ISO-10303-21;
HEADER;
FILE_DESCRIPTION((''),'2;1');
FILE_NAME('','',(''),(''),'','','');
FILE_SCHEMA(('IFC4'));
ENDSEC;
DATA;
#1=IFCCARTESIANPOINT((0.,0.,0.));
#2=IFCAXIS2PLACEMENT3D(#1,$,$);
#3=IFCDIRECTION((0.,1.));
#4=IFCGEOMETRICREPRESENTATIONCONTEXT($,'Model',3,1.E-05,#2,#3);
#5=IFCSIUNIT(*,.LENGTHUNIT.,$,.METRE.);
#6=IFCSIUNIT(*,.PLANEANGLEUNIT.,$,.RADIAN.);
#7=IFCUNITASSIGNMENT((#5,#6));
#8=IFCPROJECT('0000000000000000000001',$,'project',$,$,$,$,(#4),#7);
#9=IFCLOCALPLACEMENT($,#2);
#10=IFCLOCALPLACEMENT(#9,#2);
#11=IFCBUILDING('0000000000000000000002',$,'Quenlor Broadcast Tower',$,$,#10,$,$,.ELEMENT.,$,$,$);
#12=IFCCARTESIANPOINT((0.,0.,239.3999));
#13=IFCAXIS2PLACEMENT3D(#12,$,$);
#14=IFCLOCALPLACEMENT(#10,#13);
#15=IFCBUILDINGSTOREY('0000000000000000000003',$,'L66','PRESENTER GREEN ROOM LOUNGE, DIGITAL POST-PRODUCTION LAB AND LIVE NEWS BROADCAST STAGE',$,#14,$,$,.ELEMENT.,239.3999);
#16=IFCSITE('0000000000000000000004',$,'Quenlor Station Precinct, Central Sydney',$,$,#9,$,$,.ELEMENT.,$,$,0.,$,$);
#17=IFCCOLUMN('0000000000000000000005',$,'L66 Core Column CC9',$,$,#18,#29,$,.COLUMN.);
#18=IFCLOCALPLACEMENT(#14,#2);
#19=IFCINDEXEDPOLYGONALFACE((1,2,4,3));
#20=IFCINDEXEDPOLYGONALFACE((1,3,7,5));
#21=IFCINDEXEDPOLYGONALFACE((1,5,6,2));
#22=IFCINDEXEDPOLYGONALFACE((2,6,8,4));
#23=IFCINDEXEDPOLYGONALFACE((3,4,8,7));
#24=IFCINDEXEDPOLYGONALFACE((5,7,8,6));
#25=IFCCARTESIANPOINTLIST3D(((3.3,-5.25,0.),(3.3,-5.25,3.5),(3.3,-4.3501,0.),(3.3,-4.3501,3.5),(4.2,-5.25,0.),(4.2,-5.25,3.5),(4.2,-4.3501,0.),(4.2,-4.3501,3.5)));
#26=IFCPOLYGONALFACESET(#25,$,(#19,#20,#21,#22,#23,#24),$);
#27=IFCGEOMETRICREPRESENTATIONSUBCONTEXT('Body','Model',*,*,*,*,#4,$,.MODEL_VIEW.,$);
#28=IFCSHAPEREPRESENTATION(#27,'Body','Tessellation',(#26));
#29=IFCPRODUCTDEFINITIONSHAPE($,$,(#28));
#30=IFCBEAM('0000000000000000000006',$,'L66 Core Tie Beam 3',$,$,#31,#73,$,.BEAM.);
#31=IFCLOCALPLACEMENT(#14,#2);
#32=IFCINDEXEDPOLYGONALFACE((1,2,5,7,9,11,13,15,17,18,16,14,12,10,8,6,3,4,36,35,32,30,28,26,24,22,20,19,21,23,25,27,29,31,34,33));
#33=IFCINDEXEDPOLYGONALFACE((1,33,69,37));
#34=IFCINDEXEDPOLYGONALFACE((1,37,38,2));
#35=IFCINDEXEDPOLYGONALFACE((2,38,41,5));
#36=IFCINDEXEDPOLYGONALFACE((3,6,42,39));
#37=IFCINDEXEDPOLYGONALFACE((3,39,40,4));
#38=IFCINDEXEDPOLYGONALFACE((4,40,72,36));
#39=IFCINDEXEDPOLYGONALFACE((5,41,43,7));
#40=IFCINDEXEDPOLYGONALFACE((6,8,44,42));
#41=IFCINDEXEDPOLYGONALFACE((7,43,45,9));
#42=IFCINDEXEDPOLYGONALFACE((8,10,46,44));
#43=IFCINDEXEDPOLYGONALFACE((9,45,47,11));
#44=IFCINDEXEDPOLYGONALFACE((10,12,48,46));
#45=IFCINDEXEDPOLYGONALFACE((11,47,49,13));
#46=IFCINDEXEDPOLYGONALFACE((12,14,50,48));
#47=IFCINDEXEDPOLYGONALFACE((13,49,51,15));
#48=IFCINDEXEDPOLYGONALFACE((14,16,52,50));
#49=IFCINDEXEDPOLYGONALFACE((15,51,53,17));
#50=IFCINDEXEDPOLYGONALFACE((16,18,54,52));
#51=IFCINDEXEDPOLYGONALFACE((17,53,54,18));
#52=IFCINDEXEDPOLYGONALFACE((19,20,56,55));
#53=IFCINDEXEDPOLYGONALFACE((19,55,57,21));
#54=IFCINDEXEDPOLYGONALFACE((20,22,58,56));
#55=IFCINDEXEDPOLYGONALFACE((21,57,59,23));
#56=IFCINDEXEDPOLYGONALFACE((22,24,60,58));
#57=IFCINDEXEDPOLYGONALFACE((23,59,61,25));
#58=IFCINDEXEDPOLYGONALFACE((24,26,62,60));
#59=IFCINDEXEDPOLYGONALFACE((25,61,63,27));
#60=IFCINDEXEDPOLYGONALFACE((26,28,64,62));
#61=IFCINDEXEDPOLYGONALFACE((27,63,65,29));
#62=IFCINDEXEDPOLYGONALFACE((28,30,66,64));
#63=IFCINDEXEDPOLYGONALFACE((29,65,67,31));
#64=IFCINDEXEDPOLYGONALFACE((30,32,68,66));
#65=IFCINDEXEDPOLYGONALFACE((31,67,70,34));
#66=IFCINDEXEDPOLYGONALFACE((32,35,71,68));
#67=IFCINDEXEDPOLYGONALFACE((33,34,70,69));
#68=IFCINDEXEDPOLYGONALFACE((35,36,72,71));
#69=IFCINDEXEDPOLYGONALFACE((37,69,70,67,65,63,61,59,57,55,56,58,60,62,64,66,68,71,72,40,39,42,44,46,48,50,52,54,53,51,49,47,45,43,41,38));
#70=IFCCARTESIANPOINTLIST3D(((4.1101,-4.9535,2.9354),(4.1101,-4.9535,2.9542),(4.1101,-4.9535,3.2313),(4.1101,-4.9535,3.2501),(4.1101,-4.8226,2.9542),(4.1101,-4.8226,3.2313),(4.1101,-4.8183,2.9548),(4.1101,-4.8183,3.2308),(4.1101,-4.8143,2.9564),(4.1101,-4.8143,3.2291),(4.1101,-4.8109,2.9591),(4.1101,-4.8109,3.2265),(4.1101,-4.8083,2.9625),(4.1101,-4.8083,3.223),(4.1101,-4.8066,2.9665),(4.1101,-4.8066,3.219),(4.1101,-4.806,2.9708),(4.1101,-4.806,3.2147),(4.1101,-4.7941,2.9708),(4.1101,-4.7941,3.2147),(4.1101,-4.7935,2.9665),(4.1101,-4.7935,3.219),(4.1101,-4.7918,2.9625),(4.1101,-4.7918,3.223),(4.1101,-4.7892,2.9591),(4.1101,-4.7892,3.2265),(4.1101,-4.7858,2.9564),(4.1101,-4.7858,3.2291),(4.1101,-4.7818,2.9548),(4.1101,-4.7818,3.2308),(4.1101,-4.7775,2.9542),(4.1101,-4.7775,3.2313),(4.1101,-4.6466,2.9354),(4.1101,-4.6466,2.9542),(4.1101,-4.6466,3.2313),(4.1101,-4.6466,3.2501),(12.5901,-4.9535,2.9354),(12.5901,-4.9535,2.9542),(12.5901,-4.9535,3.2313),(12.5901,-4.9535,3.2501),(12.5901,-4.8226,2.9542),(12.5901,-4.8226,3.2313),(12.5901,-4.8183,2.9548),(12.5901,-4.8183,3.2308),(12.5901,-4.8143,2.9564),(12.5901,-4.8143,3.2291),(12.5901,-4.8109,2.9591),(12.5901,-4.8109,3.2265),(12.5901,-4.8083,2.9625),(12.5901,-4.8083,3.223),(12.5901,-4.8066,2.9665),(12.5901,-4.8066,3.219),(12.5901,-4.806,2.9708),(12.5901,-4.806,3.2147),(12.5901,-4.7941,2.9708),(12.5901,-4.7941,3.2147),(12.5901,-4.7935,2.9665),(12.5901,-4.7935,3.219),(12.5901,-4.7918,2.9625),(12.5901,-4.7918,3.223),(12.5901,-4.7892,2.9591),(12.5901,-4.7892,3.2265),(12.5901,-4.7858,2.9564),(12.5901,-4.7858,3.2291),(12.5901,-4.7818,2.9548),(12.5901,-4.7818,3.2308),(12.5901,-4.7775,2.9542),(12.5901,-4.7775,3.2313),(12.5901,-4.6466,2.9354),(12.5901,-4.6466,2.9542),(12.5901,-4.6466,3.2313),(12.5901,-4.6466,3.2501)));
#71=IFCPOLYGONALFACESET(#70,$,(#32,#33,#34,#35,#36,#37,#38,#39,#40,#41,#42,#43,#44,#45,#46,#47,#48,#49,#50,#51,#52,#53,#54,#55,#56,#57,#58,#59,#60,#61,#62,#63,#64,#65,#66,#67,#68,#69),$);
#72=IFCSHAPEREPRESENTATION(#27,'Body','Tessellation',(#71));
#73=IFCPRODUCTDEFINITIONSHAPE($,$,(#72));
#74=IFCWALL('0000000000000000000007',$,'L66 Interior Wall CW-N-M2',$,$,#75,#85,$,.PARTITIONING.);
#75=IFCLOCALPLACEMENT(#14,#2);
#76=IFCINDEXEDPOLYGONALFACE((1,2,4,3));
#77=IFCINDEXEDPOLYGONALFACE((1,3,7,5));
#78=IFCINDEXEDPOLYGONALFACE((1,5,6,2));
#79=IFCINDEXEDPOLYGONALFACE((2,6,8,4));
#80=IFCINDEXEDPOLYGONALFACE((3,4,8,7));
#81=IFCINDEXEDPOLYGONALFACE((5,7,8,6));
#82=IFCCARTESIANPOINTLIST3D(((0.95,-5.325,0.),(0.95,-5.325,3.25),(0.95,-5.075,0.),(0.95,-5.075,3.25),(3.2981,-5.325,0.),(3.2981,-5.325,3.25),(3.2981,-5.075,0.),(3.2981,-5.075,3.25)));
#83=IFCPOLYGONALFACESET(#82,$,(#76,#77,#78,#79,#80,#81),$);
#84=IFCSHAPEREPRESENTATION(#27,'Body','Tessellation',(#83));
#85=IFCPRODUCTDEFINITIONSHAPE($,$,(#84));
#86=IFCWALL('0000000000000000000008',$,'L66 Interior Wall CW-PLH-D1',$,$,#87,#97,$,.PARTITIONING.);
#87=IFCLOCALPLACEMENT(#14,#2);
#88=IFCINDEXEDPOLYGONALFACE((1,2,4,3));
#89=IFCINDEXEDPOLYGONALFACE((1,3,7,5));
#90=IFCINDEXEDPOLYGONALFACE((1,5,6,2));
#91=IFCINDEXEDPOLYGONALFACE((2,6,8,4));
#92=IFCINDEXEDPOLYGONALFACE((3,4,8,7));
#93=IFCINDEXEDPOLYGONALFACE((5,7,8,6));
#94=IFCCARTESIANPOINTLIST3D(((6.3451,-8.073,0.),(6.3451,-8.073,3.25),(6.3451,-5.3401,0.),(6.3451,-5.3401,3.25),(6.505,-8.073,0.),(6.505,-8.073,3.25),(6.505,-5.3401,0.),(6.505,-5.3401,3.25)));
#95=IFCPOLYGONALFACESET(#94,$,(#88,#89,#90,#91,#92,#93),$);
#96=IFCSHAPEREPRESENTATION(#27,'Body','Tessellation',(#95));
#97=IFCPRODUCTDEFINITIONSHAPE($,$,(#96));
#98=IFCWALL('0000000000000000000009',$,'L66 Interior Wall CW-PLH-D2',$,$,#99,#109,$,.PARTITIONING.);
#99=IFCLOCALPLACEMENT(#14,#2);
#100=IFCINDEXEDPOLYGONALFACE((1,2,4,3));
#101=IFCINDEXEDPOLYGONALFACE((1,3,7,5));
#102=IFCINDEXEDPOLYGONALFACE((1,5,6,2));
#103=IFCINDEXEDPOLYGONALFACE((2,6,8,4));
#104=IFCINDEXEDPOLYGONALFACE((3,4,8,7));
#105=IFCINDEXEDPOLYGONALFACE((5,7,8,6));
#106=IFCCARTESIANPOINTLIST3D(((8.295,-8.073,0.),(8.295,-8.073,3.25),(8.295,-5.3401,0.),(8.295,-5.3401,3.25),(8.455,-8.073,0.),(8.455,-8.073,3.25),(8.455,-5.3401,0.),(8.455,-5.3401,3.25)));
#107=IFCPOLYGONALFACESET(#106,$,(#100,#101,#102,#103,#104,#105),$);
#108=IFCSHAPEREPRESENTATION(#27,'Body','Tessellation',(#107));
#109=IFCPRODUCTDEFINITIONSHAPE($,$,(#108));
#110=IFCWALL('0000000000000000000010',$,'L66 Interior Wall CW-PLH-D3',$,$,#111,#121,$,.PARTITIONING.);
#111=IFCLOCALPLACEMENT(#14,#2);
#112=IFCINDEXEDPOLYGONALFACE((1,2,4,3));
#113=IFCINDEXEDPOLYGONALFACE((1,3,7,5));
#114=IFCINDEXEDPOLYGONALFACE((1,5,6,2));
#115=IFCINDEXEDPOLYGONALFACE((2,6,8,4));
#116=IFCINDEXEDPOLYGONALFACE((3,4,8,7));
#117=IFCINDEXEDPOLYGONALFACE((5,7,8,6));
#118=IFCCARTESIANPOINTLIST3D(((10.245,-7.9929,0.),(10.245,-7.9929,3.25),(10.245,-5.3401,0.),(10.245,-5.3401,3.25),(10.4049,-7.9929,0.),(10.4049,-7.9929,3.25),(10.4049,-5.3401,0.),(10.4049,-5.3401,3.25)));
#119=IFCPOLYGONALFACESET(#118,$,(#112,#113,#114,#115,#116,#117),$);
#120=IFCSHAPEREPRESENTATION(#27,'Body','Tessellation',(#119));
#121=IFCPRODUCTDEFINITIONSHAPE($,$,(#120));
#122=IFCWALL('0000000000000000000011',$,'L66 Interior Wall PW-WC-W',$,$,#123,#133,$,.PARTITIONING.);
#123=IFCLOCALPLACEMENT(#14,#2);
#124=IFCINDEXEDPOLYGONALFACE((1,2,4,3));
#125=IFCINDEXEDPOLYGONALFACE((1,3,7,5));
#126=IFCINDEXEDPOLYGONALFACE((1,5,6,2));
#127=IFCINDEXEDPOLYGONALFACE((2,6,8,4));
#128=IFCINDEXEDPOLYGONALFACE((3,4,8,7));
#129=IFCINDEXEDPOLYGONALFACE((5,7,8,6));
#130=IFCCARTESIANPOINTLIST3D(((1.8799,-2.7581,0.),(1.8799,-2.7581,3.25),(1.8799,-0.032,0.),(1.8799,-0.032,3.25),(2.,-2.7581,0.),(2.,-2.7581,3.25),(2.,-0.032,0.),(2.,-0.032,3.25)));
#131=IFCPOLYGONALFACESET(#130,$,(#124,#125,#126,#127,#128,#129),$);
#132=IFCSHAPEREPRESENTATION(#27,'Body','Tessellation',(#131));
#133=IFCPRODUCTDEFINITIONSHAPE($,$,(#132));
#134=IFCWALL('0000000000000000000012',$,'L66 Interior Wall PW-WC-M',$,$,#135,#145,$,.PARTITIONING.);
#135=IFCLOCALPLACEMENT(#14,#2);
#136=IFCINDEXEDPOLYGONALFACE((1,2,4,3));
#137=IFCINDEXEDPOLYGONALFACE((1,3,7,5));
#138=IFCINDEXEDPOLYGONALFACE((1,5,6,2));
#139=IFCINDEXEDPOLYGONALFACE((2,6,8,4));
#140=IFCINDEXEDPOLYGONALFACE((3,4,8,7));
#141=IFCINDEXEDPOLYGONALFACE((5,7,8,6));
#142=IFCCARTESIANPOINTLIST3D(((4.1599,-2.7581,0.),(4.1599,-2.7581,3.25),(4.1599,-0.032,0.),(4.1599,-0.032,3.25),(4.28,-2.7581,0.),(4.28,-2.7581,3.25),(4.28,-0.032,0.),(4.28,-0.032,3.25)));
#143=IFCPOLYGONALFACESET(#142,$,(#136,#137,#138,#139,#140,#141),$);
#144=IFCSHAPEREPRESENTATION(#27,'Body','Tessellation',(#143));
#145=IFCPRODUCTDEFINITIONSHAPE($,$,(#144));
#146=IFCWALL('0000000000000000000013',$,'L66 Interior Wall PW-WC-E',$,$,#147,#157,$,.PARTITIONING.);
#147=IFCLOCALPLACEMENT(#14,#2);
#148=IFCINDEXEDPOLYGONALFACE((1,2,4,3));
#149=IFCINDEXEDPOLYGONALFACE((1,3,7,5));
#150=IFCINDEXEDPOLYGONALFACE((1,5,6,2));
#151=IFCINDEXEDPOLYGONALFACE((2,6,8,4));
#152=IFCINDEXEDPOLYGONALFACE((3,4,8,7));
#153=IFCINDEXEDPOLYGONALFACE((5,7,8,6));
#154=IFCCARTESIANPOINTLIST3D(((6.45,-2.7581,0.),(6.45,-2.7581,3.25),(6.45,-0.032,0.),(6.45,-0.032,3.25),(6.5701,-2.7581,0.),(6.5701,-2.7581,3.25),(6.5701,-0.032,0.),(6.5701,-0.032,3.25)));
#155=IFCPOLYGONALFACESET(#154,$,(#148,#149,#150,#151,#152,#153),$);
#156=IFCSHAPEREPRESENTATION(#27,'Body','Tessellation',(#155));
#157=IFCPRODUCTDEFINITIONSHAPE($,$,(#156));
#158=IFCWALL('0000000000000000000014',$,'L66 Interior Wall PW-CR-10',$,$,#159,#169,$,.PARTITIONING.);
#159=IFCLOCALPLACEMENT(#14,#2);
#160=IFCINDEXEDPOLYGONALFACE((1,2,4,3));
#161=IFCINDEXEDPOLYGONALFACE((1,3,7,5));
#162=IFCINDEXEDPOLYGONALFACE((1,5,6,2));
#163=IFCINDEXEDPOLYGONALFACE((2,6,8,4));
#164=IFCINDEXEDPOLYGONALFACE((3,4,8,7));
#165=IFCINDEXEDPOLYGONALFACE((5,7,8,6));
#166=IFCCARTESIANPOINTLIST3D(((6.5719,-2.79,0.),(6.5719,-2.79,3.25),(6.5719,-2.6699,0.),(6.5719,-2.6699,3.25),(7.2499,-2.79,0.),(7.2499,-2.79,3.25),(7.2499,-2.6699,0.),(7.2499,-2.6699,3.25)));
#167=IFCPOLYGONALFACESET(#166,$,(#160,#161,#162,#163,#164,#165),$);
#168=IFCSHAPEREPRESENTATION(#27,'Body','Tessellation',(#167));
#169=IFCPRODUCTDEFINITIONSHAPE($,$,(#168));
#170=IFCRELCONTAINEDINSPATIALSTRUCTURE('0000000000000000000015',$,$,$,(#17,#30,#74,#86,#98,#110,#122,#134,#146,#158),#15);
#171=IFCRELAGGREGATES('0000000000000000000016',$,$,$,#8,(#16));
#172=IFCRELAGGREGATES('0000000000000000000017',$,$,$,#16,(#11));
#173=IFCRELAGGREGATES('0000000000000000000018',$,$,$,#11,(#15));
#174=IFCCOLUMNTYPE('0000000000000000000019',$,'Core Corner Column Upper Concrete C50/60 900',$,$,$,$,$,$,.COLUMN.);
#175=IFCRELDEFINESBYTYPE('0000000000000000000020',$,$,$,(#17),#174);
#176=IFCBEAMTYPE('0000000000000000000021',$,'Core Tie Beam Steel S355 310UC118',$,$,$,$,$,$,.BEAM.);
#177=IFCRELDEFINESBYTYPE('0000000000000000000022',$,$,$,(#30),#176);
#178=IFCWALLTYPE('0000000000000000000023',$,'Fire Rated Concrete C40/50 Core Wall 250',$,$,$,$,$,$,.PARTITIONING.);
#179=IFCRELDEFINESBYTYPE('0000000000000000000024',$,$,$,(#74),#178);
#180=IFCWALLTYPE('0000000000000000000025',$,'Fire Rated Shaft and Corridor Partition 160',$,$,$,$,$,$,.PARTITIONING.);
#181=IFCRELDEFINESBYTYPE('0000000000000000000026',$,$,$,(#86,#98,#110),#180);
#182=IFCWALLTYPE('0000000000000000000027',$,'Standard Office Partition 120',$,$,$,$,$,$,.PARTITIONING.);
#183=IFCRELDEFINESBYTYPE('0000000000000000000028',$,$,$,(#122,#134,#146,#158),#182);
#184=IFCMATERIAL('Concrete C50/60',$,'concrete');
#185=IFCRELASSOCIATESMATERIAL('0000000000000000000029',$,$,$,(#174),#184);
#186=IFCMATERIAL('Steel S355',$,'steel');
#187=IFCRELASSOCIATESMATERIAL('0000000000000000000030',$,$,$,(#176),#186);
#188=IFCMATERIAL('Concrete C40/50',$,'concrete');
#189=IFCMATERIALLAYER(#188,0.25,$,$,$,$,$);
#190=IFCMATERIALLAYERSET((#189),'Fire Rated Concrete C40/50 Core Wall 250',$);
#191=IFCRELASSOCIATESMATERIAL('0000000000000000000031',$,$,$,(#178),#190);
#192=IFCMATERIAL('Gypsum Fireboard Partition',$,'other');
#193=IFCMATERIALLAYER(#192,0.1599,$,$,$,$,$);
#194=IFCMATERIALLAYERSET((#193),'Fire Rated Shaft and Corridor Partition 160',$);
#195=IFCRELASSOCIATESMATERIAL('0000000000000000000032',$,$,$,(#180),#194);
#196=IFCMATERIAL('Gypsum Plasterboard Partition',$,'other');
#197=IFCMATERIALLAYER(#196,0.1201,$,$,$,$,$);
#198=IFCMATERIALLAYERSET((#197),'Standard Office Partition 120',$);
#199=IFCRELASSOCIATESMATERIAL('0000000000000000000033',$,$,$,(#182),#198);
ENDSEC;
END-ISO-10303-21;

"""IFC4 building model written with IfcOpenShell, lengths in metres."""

from ifc_helpers import new_model, si_unit, direction, frame, frame_2d, origin, origin_2d, place, context, subcontext, project, spatial, rectangle, i_section, extrude, material, layer, layer_set, material_profile, profile_set, type_object, element, save


model = new_model("IFC4")

# Units and contexts
model_context = context("Model", 3, precision=1e-05, world=origin(), true_north=direction((0.0, 1.0)))
body_context = subcontext(model_context, "Body", "Model", "MODEL_VIEW")
ifc_project = project(units=[si_unit("LENGTHUNIT", "METRE"), si_unit("PLANEANGLEUNIT", "RADIAN")], contexts=[model_context])

# Site, building, storey
site_placement = place(None, origin())
site = spatial("IfcSite", under=ifc_project, at=site_placement, Name="Quenlor Station Precinct, Central Sydney", CompositionType="ELEMENT", RefElevation=0.0)
building_placement = place(site_placement, origin())
building = spatial("IfcBuilding", under=site, at=building_placement, Name="Quenlor Broadcast Tower", CompositionType="ELEMENT")
storey_placement = place(building_placement, frame((0.0, 0.0, 239.3999)))
storey = spatial("IfcBuildingStorey", under=building, at=storey_placement, Name="L66", Description="PRESENTER GREEN ROOM LOUNGE, DIGITAL POST-PRODUCTION LAB AND LIVE NEWS BROADCAST STAGE", CompositionType="ELEMENT", Elevation=239.3999)

# Column
ifc_material_1 = material(Name="Concrete C50/60", Category="concrete")
ifc_material_profile_1 = material_profile(ifc_material_1, rectangle(XDim=0.8999, YDim=0.8999, at=origin_2d()))
ifc_profile_set_1 = profile_set([ifc_material_profile_1], Name="Concrete C50/60 RC900x900")
column_type = type_object("IfcColumnType", Name="Core Corner Column Upper Concrete C50/60 900", PredefinedType="COLUMN", material=ifc_profile_set_1)
column_placement = place(storey_placement, frame((3.75, -4.8, 0.0), z_axis=(0.0, 0.0, 1.0), x_axis=(1.0, 0.0, 0.0)))
element("IfcColumn", 1, at=column_placement, inside=storey, type_object=column_type, Name="L66 Core Column CC9", PredefinedType="COLUMN", context=body_context, shape_type="SweptSolid", body=[
    extrude(rectangle(XDim=0.8999, YDim=0.8999, at=origin_2d()), origin(), (0.0, 0.0, 1.0), 3.5),
])

# Beam
ifc_material_2 = material(Name="Steel S355", Category="steel")
ifc_material_profile_2 = material_profile(ifc_material_2, i_section(OverallWidth=0.3069, OverallDepth=0.3147, WebThickness=0.012, FlangeThickness=0.0188, FilletRadius=0.0166, at=origin_2d()))
ifc_profile_set_2 = profile_set([ifc_material_profile_2], Name="Steel S355 310UC118")
beam_type = type_object("IfcBeamType", Name="Core Tie Beam Steel S355 310UC118", PredefinedType="BEAM", material=ifc_profile_set_2)
beam_placement = place(storey_placement, frame((4.1101, -4.8, 3.0928), z_axis=(1.0, 0.0, 0.0), x_axis=(0.0, 1.0, 0.0)))
element("IfcBeam", 2, at=beam_placement, inside=storey, type_object=beam_type, Name="L66 Core Tie Beam 3", PredefinedType="BEAM", context=body_context, shape_type="SweptSolid", body=[
    extrude(i_section(OverallWidth=0.3069, OverallDepth=0.3147, WebThickness=0.012, FlangeThickness=0.0188, FilletRadius=0.0166, at=origin_2d()), origin(), (0.0, 0.0, 1.0), 8.48),
])

# Shared definitions
ifc_material_3 = material(Name="Concrete C40/50", Category="concrete")
ifc_layer_1 = layer(ifc_material_3, 0.25)
ifc_layer_set_1 = layer_set([ifc_layer_1], Name="Fire Rated Concrete C40/50 Core Wall 250")
wall_type_1 = type_object("IfcWallType", Name="Fire Rated Concrete C40/50 Core Wall 250", PredefinedType="PARTITIONING", material=ifc_layer_set_1)

# Walls
wall_1_placement = place(storey_placement, frame((0.95, -5.2, 0.0), z_axis=(0.0, 0.0, 1.0), x_axis=(1.0, 0.0, 0.0)))
element("IfcWall", 3, at=wall_1_placement, inside=storey, type_object=wall_type_1, Name="L66 Interior Wall CW-N-M2", PredefinedType="PARTITIONING", context=body_context, shape_type="SweptSolid", body=[
    extrude(rectangle(XDim=2.3481, YDim=0.25, at=frame_2d((1.1741, 0.0))), origin(), (0.0, 0.0, 1.0), 3.25),
])
ifc_material_4 = material(Name="Gypsum Fireboard Partition", Category="other")
ifc_layer_2 = layer(ifc_material_4, 0.1599)
ifc_layer_set_2 = layer_set([ifc_layer_2], Name="Fire Rated Shaft and Corridor Partition 160")
wall_type_2 = type_object("IfcWallType", Name="Fire Rated Shaft and Corridor Partition 160", PredefinedType="PARTITIONING", material=ifc_layer_set_2)
for number, where, z_axis, x_axis, name in (
    (4, (6.425, -8.073, 0.0), (0.0, 0.0, 1.0), (0.0, 1.0, 0.0), "L66 Interior Wall CW-PLH-D1"),
    (5, (8.375, -8.073, 0.0), (0.0, 0.0, 1.0), (0.0, 1.0, 0.0), "L66 Interior Wall CW-PLH-D2"),
):
    element("IfcWall", number, at=place(storey_placement, frame(where, z_axis=z_axis, x_axis=x_axis)), inside=storey, type_object=wall_type_2, Name=name, PredefinedType="PARTITIONING", context=body_context, shape_type="SweptSolid", body=[
        extrude(rectangle(XDim=2.7329, YDim=0.1599, at=frame_2d((1.3665, 0.0))), origin(), (0.0, 0.0, 1.0), 3.25),
    ])
wall_2_placement = place(storey_placement, frame((10.325, -7.9929, 0.0), z_axis=(0.0, 0.0, 1.0), x_axis=(0.0, 1.0, 0.0)))
element("IfcWall", 6, at=wall_2_placement, inside=storey, type_object=wall_type_2, Name="L66 Interior Wall CW-PLH-D3", PredefinedType="PARTITIONING", context=body_context, shape_type="SweptSolid", body=[
    extrude(rectangle(XDim=2.6528, YDim=0.1599, at=frame_2d((1.3264, 0.0))), origin(), (0.0, 0.0, 1.0), 3.25),
])

# Shared definitions
ifc_material_5 = material(Name="Gypsum Plasterboard Partition", Category="other")
ifc_layer_3 = layer(ifc_material_5, 0.1201)
ifc_layer_set_3 = layer_set([ifc_layer_3], Name="Standard Office Partition 120")
wall_type_3 = type_object("IfcWallType", Name="Standard Office Partition 120", PredefinedType="PARTITIONING", material=ifc_layer_set_3)

# Walls
for number, where, z_axis, x_axis, name in (
    (7, (1.9399, -2.7581, 0.0), (0.0, 0.0, 1.0), (0.0, 1.0, 0.0), "L66 Interior Wall PW-WC-W"),
    (8, (4.22, -2.7581, 0.0), (0.0, 0.0, 1.0), (0.0, 1.0, 0.0), "L66 Interior Wall PW-WC-M"),
    (9, (6.51, -2.7581, 0.0), (0.0, 0.0, 1.0), (0.0, 1.0, 0.0), "L66 Interior Wall PW-WC-E"),
):
    element("IfcWall", number, at=place(storey_placement, frame(where, z_axis=z_axis, x_axis=x_axis)), inside=storey, type_object=wall_type_3, Name=name, PredefinedType="PARTITIONING", context=body_context, shape_type="SweptSolid", body=[
        extrude(rectangle(XDim=2.7261, YDim=0.1201, at=frame_2d((1.363, 0.0))), origin(), (0.0, 0.0, 1.0), 3.25),
    ])
wall_3_placement = place(storey_placement, frame((6.572, -2.73, 0.0), z_axis=(0.0, 0.0, 1.0), x_axis=(1.0, 0.0, 0.0)))
element("IfcWall", 10, at=wall_3_placement, inside=storey, type_object=wall_type_3, Name="L66 Interior Wall PW-CR-10", PredefinedType="PARTITIONING", context=body_context, shape_type="SweptSolid", body=[
    extrude(rectangle(XDim=0.678, YDim=0.1201, at=frame_2d((0.3389, 0.0))), origin(), (0.0, 0.0, 1.0), 3.25),
])

save(model, "model.ifc")
